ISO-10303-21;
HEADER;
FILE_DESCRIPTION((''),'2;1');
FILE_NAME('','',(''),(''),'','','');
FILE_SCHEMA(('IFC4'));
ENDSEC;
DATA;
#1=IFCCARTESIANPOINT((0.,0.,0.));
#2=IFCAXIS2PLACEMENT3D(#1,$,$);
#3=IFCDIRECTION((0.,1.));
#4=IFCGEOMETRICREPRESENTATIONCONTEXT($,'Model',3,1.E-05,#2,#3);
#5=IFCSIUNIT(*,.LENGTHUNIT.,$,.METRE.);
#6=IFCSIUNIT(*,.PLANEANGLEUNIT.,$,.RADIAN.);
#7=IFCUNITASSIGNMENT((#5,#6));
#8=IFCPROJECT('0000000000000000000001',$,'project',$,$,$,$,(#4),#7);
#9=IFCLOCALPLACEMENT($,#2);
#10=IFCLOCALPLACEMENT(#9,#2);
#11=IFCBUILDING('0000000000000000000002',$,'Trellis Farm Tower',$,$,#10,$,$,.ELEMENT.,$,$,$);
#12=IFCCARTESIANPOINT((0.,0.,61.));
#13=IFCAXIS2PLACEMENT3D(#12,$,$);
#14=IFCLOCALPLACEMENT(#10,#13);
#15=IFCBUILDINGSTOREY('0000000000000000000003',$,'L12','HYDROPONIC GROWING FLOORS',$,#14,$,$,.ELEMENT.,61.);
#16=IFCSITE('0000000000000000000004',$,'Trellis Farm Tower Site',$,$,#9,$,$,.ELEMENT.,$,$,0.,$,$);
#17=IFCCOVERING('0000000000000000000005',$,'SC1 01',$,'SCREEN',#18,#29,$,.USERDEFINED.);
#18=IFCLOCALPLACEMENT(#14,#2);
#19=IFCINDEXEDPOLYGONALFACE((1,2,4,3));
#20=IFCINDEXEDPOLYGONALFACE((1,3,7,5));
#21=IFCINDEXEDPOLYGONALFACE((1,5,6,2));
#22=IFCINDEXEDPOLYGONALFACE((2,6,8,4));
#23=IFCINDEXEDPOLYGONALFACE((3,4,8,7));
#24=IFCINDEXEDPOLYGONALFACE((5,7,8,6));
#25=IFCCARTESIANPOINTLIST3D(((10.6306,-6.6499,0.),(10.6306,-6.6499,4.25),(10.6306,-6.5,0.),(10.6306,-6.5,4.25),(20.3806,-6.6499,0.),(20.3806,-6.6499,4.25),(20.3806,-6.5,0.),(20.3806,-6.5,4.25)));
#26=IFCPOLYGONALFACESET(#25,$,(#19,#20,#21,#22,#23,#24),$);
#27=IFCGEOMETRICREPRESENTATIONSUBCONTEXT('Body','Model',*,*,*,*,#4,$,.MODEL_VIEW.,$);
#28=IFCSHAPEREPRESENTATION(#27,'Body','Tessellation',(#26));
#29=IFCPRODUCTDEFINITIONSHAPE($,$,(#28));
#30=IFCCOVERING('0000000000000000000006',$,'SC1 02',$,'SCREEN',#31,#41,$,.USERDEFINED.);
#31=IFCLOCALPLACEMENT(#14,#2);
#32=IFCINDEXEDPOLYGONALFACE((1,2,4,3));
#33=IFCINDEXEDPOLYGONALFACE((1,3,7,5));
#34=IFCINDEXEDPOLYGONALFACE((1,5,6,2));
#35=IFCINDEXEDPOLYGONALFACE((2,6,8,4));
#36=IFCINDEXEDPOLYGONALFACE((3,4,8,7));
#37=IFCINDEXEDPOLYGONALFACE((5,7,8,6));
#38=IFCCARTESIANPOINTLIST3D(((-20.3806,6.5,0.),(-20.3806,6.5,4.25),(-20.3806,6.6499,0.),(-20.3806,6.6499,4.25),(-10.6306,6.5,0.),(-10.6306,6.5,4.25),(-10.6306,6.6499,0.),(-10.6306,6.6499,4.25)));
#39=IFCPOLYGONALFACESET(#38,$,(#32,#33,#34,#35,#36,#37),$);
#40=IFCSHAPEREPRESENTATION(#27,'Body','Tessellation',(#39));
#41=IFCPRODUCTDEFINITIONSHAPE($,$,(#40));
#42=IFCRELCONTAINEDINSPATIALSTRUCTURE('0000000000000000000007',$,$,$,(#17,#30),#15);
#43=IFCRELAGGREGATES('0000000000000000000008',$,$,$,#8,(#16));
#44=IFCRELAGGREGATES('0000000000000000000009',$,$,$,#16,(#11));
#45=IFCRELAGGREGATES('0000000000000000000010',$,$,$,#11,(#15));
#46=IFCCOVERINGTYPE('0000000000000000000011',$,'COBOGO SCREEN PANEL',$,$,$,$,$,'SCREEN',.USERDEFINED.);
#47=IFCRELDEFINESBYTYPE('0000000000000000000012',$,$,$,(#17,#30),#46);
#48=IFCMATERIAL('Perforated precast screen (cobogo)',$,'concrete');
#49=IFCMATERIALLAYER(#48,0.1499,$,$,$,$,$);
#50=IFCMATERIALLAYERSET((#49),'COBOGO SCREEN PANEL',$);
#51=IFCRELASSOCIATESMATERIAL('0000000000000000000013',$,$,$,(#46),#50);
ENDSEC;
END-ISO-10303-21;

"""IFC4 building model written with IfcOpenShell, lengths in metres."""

from ifc_helpers import new_model, si_unit, direction, frame, origin, place, context, subcontext, project, spatial, polyline, outline, extrude, source, transform, mapped, material, layer, layer_set, type_object, element, save


model = new_model("IFC4")

# Units and contexts
model_context = context("Model", 3, precision=1e-05, world=origin(), true_north=direction((0.0, 1.0)))
body_context = subcontext(model_context, "Body", "Model", "MODEL_VIEW")
ifc_project = project(units=[si_unit("LENGTHUNIT", "METRE"), si_unit("PLANEANGLEUNIT", "RADIAN")], contexts=[model_context])

# Site, building, storey
site_placement = place(None, origin())
site = spatial("IfcSite", under=ifc_project, at=site_placement, Name="Trellis Farm Tower Site", CompositionType="ELEMENT", RefElevation=0.0)
building_placement = place(site_placement, origin())
building = spatial("IfcBuilding", under=site, at=building_placement, Name="Trellis Farm Tower", CompositionType="ELEMENT")
storey_placement = place(building_placement, frame((0.0, 0.0, 61.0)))
storey = spatial("IfcBuildingStorey", under=building, at=storey_placement, Name="L12", Description="HYDROPONIC GROWING FLOORS", CompositionType="ELEMENT", Elevation=61.0)

# Shared definitions
placement = place(storey_placement, origin())

# Coverings
ifc_material_1 = material(Name="Perforated precast screen (cobogo)", Category="concrete")
ifc_layer_1 = layer(ifc_material_1, 0.1499)
ifc_layer_set_1 = layer_set([ifc_layer_1], Name="COBOGO SCREEN PANEL")
covering_type = type_object("IfcCoveringType", Name="COBOGO SCREEN PANEL", ElementType="SCREEN", PredefinedType="USERDEFINED", material=ifc_layer_set_1)
shared_shape_1 = source(origin(), body_context, "Body", "SweptSolid", [
    extrude(outline(polyline([(10.6306, -6.6499), (20.3806, -6.6499), (20.3806, -6.5), (10.6306, -6.5), (10.6306, -6.6499)])), origin(), (0.0, 0.0, 1.0), 4.25),
])
element("IfcCovering", 1, at=placement, inside=storey, type_object=covering_type, Name="SC1 01", ObjectType="SCREEN", PredefinedType="USERDEFINED", context=body_context, shape_type="MappedRepresentation", body=[
    mapped(shared_shape_1, transform((0.0, 0.0, 0.0))),
])
shared_shape_2 = source(origin(), body_context, "Body", "SweptSolid", [
    extrude(outline(polyline([(-10.6306, 6.6499), (-20.3806, 6.6499), (-20.3806, 6.5), (-10.6306, 6.5), (-10.6306, 6.6499)])), origin(), (0.0, 0.0, 1.0), 4.25),
])
element("IfcCovering", 2, at=placement, inside=storey, type_object=covering_type, Name="SC1 02", ObjectType="SCREEN", PredefinedType="USERDEFINED", context=body_context, shape_type="MappedRepresentation", body=[
    mapped(shared_shape_2, transform((0.0, 0.0, 0.0))),
])

save(model, "model.ifc")
